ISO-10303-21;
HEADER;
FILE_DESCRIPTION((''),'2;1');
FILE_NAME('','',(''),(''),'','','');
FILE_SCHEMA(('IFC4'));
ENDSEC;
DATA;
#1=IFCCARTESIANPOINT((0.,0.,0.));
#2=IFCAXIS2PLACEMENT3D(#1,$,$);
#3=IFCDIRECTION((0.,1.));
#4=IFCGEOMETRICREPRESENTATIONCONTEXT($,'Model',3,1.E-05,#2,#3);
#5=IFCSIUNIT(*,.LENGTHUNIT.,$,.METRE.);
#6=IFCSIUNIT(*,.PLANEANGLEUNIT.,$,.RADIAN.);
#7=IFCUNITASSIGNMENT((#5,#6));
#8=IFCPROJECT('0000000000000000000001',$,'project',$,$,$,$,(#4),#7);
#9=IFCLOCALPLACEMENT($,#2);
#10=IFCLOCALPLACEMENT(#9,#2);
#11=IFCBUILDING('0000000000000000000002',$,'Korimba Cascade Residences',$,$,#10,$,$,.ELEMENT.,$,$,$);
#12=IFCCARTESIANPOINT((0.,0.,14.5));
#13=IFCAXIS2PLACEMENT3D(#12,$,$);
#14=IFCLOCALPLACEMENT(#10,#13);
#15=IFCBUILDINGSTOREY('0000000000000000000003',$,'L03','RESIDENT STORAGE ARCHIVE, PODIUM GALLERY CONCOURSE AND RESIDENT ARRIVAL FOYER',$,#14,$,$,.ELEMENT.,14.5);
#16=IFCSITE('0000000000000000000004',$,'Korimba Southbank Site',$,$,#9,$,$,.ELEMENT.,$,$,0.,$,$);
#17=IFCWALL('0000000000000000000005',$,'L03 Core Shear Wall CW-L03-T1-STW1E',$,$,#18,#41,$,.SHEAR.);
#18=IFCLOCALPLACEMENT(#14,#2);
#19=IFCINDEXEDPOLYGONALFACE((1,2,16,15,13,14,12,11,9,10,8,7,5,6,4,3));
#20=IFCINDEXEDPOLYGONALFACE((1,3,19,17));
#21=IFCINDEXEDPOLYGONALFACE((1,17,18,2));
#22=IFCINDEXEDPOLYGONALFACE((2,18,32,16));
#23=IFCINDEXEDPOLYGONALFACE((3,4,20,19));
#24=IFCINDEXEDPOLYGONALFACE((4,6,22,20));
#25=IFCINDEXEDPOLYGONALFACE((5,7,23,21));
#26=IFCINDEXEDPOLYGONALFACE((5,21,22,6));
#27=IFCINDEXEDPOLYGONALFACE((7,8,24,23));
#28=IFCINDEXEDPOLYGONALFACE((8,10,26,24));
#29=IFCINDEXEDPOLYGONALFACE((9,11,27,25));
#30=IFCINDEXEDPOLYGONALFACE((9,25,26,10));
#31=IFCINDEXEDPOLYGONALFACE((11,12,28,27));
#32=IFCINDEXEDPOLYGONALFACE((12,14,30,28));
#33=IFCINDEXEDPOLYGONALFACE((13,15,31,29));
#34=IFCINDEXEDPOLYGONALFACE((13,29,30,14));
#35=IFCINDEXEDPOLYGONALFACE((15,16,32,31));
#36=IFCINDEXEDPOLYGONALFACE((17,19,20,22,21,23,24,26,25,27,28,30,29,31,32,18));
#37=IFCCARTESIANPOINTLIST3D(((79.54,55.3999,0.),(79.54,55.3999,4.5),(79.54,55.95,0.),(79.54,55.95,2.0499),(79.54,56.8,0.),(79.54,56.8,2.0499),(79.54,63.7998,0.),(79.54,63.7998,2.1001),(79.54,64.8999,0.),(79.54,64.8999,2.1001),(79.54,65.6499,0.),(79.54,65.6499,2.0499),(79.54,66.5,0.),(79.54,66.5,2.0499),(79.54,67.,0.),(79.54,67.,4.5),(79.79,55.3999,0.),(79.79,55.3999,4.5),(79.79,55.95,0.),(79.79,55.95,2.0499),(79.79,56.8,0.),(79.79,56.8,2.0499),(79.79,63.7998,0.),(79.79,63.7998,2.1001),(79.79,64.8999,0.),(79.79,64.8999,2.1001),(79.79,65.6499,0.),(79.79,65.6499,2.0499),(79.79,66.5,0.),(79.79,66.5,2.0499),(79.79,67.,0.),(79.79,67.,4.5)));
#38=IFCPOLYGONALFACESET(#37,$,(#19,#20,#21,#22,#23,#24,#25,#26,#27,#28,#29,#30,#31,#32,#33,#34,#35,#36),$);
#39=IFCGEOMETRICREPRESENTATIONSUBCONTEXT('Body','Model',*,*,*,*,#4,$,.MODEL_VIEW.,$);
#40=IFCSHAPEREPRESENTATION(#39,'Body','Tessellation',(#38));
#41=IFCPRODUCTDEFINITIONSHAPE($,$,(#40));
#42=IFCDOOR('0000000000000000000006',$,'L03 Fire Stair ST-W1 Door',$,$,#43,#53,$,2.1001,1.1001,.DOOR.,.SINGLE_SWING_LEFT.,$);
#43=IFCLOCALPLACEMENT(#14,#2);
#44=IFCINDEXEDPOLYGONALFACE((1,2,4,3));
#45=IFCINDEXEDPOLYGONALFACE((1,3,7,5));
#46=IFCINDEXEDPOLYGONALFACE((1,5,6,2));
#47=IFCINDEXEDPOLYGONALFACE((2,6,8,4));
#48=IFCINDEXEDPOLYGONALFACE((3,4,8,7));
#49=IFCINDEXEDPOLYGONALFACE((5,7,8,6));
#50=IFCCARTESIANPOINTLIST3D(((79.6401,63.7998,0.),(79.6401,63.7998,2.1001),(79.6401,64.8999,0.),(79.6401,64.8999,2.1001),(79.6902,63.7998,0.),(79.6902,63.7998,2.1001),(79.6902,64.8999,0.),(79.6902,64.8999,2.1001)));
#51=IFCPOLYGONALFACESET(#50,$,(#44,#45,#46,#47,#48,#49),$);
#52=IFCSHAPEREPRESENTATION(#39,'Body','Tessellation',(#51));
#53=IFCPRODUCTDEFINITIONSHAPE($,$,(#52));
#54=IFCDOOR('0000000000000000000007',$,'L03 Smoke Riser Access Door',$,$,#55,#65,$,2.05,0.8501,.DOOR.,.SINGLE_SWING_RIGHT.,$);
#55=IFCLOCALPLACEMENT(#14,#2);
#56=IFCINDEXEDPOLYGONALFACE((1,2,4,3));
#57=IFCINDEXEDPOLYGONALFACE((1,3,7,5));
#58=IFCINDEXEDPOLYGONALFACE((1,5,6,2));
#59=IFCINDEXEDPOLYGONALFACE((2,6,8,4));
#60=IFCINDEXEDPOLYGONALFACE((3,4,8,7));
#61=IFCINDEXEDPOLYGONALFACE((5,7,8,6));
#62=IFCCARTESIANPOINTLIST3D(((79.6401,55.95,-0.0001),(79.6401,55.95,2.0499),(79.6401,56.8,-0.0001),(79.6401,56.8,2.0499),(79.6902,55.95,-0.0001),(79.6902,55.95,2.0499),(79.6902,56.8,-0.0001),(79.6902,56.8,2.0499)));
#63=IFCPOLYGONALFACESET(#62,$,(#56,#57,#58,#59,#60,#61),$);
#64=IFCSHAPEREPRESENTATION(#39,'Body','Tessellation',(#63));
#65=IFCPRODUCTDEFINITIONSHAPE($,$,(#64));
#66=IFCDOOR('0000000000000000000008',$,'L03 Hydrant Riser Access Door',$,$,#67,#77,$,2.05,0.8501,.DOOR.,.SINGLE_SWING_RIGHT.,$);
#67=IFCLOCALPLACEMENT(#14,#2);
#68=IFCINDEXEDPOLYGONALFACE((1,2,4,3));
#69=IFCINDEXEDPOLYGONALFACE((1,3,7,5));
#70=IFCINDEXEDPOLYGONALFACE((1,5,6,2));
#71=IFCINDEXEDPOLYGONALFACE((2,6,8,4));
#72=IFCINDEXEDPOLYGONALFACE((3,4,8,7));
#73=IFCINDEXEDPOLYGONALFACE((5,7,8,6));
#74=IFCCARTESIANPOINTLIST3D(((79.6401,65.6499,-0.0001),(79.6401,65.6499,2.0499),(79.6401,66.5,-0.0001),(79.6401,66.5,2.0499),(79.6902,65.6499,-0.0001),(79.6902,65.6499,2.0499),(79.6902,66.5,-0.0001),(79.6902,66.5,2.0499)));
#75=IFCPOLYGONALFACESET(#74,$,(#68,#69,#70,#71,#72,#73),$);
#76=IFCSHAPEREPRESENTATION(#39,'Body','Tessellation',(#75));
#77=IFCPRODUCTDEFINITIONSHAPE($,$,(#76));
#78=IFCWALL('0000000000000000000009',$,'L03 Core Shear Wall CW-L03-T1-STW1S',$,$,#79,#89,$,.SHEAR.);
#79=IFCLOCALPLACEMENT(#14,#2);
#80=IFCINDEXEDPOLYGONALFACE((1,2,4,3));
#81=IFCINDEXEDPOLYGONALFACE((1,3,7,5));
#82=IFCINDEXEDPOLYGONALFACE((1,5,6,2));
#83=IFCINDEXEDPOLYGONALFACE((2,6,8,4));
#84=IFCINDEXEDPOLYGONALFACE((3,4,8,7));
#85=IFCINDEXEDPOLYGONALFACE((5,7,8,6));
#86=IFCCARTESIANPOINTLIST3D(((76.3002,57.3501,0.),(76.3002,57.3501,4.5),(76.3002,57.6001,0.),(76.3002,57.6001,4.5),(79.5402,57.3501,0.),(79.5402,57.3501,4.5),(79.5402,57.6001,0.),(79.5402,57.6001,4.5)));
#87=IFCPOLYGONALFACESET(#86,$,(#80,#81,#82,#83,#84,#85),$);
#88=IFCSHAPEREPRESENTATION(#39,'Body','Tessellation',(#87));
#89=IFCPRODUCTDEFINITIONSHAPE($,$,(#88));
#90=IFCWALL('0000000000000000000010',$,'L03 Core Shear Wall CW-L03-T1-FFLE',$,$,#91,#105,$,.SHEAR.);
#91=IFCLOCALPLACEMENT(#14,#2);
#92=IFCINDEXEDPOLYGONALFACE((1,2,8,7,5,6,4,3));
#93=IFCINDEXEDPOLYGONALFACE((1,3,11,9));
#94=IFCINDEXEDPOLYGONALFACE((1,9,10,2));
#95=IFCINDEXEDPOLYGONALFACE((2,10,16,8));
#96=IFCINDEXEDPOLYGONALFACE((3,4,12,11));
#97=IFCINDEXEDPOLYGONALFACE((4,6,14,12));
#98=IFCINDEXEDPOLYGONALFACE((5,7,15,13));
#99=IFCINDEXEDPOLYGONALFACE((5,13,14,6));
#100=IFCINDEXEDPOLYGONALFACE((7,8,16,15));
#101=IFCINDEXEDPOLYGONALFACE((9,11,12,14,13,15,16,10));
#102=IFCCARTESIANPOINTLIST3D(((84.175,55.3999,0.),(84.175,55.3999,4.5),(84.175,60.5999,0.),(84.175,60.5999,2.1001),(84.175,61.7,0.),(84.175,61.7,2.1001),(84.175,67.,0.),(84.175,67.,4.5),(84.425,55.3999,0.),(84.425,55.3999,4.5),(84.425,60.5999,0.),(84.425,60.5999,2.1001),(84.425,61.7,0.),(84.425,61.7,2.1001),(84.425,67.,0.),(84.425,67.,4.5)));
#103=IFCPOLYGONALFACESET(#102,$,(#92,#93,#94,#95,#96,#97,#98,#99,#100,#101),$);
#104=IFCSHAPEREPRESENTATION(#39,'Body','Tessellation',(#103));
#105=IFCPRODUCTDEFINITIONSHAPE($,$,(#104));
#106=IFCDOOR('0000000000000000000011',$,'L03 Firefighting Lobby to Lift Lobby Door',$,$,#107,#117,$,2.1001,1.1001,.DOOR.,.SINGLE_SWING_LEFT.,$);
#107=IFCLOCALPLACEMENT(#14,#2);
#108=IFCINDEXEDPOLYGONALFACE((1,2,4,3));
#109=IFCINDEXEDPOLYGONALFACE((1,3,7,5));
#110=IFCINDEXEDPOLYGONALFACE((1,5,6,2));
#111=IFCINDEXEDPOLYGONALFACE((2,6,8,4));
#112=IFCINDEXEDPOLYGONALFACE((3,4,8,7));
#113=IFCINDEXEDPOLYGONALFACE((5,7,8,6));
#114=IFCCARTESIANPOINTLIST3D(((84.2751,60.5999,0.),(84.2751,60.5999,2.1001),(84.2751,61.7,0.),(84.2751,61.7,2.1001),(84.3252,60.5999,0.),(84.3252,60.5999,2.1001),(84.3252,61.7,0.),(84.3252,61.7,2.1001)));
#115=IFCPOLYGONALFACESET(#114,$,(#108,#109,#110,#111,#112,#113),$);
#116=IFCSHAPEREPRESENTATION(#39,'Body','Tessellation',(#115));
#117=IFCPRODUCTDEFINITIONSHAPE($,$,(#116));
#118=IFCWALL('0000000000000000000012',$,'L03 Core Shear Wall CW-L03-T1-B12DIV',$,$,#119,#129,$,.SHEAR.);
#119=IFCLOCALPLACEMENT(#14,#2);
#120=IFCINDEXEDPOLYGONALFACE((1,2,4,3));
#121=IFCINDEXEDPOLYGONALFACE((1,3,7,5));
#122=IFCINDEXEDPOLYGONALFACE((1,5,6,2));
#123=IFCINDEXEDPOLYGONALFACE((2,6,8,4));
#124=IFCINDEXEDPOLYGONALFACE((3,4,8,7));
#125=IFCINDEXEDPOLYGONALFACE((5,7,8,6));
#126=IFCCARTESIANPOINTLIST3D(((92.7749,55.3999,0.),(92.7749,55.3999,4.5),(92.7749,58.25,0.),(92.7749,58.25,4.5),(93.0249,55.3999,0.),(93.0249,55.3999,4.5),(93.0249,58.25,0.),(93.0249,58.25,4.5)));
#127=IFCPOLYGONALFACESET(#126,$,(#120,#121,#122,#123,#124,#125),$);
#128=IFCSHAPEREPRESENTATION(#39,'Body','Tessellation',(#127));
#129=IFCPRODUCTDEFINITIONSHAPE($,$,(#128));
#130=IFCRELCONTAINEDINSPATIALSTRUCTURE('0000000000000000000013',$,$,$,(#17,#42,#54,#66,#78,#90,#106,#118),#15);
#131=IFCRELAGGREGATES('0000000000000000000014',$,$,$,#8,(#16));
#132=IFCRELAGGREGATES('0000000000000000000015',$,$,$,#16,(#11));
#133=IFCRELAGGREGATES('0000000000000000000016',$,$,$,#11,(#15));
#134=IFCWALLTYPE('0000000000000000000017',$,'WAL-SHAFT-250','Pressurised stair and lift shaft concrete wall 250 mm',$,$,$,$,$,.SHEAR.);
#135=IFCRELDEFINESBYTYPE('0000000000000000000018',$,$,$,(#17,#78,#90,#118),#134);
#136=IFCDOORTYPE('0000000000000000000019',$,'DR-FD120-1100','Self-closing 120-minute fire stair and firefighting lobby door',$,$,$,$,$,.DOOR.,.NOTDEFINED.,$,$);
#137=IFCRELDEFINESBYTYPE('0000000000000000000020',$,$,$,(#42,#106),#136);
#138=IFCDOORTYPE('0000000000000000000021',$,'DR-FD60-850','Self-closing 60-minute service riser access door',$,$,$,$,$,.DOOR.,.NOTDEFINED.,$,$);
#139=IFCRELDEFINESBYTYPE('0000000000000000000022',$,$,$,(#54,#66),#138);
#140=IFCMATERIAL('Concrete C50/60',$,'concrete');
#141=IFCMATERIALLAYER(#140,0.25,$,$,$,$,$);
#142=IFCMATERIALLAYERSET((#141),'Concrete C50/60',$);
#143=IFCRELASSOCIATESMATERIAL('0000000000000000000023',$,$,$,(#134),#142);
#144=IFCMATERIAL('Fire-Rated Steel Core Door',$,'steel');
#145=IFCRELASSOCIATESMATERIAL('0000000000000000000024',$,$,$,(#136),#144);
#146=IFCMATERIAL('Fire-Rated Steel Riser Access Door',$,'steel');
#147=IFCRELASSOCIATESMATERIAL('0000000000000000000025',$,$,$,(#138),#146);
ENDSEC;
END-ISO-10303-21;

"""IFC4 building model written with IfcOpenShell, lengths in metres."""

from ifc_helpers import new_model, si_unit, direction, frame, frame_2d, origin, place, context, subcontext, project, spatial, rectangle, extrude, material, layer, layer_set, type_object, element, fill, save


model = new_model("IFC4")

# Units and contexts
model_context = context("Model", 3, precision=1e-05, world=origin(), true_north=direction((0.0, 1.0)))
body_context = subcontext(model_context, "Body", "Model", "MODEL_VIEW")
ifc_project = project(units=[si_unit("LENGTHUNIT", "METRE"), si_unit("PLANEANGLEUNIT", "RADIAN")], contexts=[model_context])

# Site, building, storey
site_placement = place(None, origin())
site = spatial("IfcSite", under=ifc_project, at=site_placement, Name="Korimba Southbank Site", CompositionType="ELEMENT", RefElevation=0.0)
building_placement = place(site_placement, origin())
building = spatial("IfcBuilding", under=site, at=building_placement, Name="Korimba Cascade Residences", CompositionType="ELEMENT")
storey_placement = place(building_placement, frame((0.0, 0.0, 14.5)))
storey = spatial("IfcBuildingStorey", under=building, at=storey_placement, Name="L03", Description="RESIDENT STORAGE ARCHIVE, PODIUM GALLERY CONCOURSE AND RESIDENT ARRIVAL FOYER", CompositionType="ELEMENT", Elevation=14.5)

# Shared definitions
ifc_material_1 = material(Name="Concrete C50/60", Category="concrete")

# Wall, openings, doors
ifc_layer_1 = layer(ifc_material_1, 0.25)
ifc_layer_set_1 = layer_set([ifc_layer_1], Name="Concrete C50/60")
wall_type_1 = type_object("IfcWallType", Name="WAL-SHAFT-250", Description="Pressurised stair and lift shaft concrete wall 250 mm", PredefinedType="SHEAR", material=ifc_layer_set_1)
wall_1_placement = place(storey_placement, frame((79.665, 55.3999, 0.0), z_axis=(0.0, 0.0, 1.0), x_axis=(0.0, 1.0, 0.0)))
wall_1 = element("IfcWall", 1, at=wall_1_placement, inside=storey, type_object=wall_type_1, Name="L03 Core Shear Wall CW-L03-T1-STW1E", PredefinedType="SHEAR", context=body_context, shape_type="SweptSolid", body=[
    extrude(rectangle(XDim=11.6001, YDim=0.25, at=frame_2d((5.8, 0.0))), origin(), (0.0, 0.0, 1.0), 4.5),
])
opening_1_placement = place(wall_1_placement, frame((0.55, 0.0, 0.0)))
opening_1 = element("IfcOpeningElement", 2, at=opening_1_placement, cuts=wall_1, PredefinedType="OPENING", context=body_context, shape_type="SweptSolid", body=[
    extrude(rectangle(XDim=0.8501, YDim=2.05, at=frame_2d((0.425, 1.0249))), frame((0.0, 0.135, 0.0), z_axis=(0.0, -1.0, 0.0), x_axis=(1.0, 0.0, 0.0)), (0.0, 0.0, 1.0), 0.27),
])
opening_2_placement = place(wall_1_placement, frame((8.3999, 0.0, 0.0)))
opening_2 = element("IfcOpeningElement", 3, at=opening_2_placement, cuts=wall_1, PredefinedType="OPENING", context=body_context, shape_type="SweptSolid", body=[
    extrude(rectangle(XDim=1.1001, YDim=2.1001, at=frame_2d((0.55, 1.05))), frame((0.0, 0.135, 0.0), z_axis=(0.0, -1.0, 0.0), x_axis=(1.0, 0.0, 0.0)), (0.0, 0.0, 1.0), 0.27),
])
opening_3_placement = place(wall_1_placement, frame((10.25, 0.0, 0.0)))
opening_3 = element("IfcOpeningElement", 4, at=opening_3_placement, cuts=wall_1, PredefinedType="OPENING", context=body_context, shape_type="SweptSolid", body=[
    extrude(rectangle(XDim=0.8501, YDim=2.05, at=frame_2d((0.425, 1.0249))), frame((0.0, 0.135, 0.0), z_axis=(0.0, -1.0, 0.0), x_axis=(1.0, 0.0, 0.0)), (0.0, 0.0, 1.0), 0.27),
])
ifc_material_2 = material(Name="Fire-Rated Steel Core Door", Category="steel")
door_type_1 = type_object("IfcDoorType", Name="DR-FD120-1100", Description="Self-closing 120-minute fire stair and firefighting lobby door", OperationType="NOTDEFINED", PredefinedType="DOOR", material=ifc_material_2)
door_1_placement = place(opening_2_placement, origin())
door_1 = element("IfcDoor", 5, at=door_1_placement, inside=storey, type_object=door_type_1, Name="L03 Fire Stair ST-W1 Door", OperationType="SINGLE_SWING_LEFT", OverallHeight=2.1001, OverallWidth=1.1001, PredefinedType="DOOR", context=body_context, shape_type="SweptSolid", body=[
    extrude(rectangle(XDim=1.1001, YDim=2.1001, at=frame_2d((0.55, 1.05))), frame((0.0, 0.0249, 0.0), z_axis=(0.0, -1.0, 0.0), x_axis=(1.0, 0.0, 0.0)), (0.0, 0.0, 1.0), 0.05),
])
fill(opening_2, door_1)
ifc_material_3 = material(Name="Fire-Rated Steel Riser Access Door", Category="steel")
door_type_2 = type_object("IfcDoorType", Name="DR-FD60-850", Description="Self-closing 60-minute service riser access door", OperationType="NOTDEFINED", PredefinedType="DOOR", material=ifc_material_3)
door_2_placement = place(opening_1_placement, origin())
door_2 = element("IfcDoor", 6, at=door_2_placement, inside=storey, type_object=door_type_2, Name="L03 Smoke Riser Access Door", OperationType="SINGLE_SWING_RIGHT", OverallHeight=2.05, OverallWidth=0.8501, PredefinedType="DOOR", context=body_context, shape_type="SweptSolid", body=[
    extrude(rectangle(XDim=0.8501, YDim=2.05, at=frame_2d((0.425, 1.0249))), frame((0.0, 0.0249, 0.0), z_axis=(0.0, -1.0, 0.0), x_axis=(1.0, 0.0, 0.0)), (0.0, 0.0, 1.0), 0.05),
])
fill(opening_1, door_2)
door_3_placement = place(opening_3_placement, origin())
door_3 = element("IfcDoor", 7, at=door_3_placement, inside=storey, type_object=door_type_2, Name="L03 Hydrant Riser Access Door", OperationType="SINGLE_SWING_RIGHT", OverallHeight=2.05, OverallWidth=0.8501, PredefinedType="DOOR", context=body_context, shape_type="SweptSolid", body=[
    extrude(rectangle(XDim=0.8501, YDim=2.05, at=frame_2d((0.425, 1.0249))), frame((0.0, 0.0249, 0.0), z_axis=(0.0, -1.0, 0.0), x_axis=(1.0, 0.0, 0.0)), (0.0, 0.0, 1.0), 0.05),
])
fill(opening_3, door_3)

# Wall
wall_2_placement = place(storey_placement, frame((76.3, 57.4751, 0.0), z_axis=(0.0, 0.0, 1.0), x_axis=(1.0, 0.0, 0.0)))
element("IfcWall", 8, at=wall_2_placement, inside=storey, type_object=wall_type_1, Name="L03 Core Shear Wall CW-L03-T1-STW1S", PredefinedType="SHEAR", context=body_context, shape_type="SweptSolid", body=[
    extrude(rectangle(XDim=3.24, YDim=0.25, at=frame_2d((1.6201, 0.0))), origin(), (0.0, 0.0, 1.0), 4.5),
])

# Wall, opening, door
wall_3_placement = place(storey_placement, frame((84.3, 55.3999, 0.0), z_axis=(0.0, 0.0, 1.0), x_axis=(0.0, 1.0, 0.0)))
wall_3 = element("IfcWall", 9, at=wall_3_placement, inside=storey, type_object=wall_type_1, Name="L03 Core Shear Wall CW-L03-T1-FFLE", PredefinedType="SHEAR", context=body_context, shape_type="SweptSolid", body=[
    extrude(rectangle(XDim=11.6001, YDim=0.25, at=frame_2d((5.8, 0.0))), origin(), (0.0, 0.0, 1.0), 4.5),
])
opening_4_placement = place(wall_3_placement, frame((5.2, 0.0, 0.0)))
opening_4 = element("IfcOpeningElement", 10, at=opening_4_placement, cuts=wall_3, PredefinedType="OPENING", context=body_context, shape_type="SweptSolid", body=[
    extrude(rectangle(XDim=1.1001, YDim=2.1001, at=frame_2d((0.55, 1.05))), frame((0.0, 0.135, 0.0), z_axis=(0.0, -1.0, 0.0), x_axis=(1.0, 0.0, 0.0)), (0.0, 0.0, 1.0), 0.27),
])
door_4_placement = place(opening_4_placement, origin())
door_4 = element("IfcDoor", 11, at=door_4_placement, inside=storey, type_object=door_type_1, Name="L03 Firefighting Lobby to Lift Lobby Door", OperationType="SINGLE_SWING_LEFT", OverallHeight=2.1001, OverallWidth=1.1001, PredefinedType="DOOR", context=body_context, shape_type="SweptSolid", body=[
    extrude(rectangle(XDim=1.1001, YDim=2.1001, at=frame_2d((0.55, 1.05))), frame((0.0, 0.0249, 0.0), z_axis=(0.0, -1.0, 0.0), x_axis=(1.0, 0.0, 0.0)), (0.0, 0.0, 1.0), 0.05),
])
fill(opening_4, door_4)

# Wall
wall_4_placement = place(storey_placement, frame((92.8999, 55.3999, 0.0), z_axis=(0.0, 0.0, 1.0), x_axis=(0.0, 1.0, 0.0)))
element("IfcWall", 12, at=wall_4_placement, inside=storey, type_object=wall_type_1, Name="L03 Core Shear Wall CW-L03-T1-B12DIV", PredefinedType="SHEAR", context=body_context, shape_type="SweptSolid", body=[
    extrude(rectangle(XDim=2.8501, YDim=0.25, at=frame_2d((1.425, 0.0))), origin(), (0.0, 0.0, 1.0), 4.5),
])

save(model, "model.ifc")
